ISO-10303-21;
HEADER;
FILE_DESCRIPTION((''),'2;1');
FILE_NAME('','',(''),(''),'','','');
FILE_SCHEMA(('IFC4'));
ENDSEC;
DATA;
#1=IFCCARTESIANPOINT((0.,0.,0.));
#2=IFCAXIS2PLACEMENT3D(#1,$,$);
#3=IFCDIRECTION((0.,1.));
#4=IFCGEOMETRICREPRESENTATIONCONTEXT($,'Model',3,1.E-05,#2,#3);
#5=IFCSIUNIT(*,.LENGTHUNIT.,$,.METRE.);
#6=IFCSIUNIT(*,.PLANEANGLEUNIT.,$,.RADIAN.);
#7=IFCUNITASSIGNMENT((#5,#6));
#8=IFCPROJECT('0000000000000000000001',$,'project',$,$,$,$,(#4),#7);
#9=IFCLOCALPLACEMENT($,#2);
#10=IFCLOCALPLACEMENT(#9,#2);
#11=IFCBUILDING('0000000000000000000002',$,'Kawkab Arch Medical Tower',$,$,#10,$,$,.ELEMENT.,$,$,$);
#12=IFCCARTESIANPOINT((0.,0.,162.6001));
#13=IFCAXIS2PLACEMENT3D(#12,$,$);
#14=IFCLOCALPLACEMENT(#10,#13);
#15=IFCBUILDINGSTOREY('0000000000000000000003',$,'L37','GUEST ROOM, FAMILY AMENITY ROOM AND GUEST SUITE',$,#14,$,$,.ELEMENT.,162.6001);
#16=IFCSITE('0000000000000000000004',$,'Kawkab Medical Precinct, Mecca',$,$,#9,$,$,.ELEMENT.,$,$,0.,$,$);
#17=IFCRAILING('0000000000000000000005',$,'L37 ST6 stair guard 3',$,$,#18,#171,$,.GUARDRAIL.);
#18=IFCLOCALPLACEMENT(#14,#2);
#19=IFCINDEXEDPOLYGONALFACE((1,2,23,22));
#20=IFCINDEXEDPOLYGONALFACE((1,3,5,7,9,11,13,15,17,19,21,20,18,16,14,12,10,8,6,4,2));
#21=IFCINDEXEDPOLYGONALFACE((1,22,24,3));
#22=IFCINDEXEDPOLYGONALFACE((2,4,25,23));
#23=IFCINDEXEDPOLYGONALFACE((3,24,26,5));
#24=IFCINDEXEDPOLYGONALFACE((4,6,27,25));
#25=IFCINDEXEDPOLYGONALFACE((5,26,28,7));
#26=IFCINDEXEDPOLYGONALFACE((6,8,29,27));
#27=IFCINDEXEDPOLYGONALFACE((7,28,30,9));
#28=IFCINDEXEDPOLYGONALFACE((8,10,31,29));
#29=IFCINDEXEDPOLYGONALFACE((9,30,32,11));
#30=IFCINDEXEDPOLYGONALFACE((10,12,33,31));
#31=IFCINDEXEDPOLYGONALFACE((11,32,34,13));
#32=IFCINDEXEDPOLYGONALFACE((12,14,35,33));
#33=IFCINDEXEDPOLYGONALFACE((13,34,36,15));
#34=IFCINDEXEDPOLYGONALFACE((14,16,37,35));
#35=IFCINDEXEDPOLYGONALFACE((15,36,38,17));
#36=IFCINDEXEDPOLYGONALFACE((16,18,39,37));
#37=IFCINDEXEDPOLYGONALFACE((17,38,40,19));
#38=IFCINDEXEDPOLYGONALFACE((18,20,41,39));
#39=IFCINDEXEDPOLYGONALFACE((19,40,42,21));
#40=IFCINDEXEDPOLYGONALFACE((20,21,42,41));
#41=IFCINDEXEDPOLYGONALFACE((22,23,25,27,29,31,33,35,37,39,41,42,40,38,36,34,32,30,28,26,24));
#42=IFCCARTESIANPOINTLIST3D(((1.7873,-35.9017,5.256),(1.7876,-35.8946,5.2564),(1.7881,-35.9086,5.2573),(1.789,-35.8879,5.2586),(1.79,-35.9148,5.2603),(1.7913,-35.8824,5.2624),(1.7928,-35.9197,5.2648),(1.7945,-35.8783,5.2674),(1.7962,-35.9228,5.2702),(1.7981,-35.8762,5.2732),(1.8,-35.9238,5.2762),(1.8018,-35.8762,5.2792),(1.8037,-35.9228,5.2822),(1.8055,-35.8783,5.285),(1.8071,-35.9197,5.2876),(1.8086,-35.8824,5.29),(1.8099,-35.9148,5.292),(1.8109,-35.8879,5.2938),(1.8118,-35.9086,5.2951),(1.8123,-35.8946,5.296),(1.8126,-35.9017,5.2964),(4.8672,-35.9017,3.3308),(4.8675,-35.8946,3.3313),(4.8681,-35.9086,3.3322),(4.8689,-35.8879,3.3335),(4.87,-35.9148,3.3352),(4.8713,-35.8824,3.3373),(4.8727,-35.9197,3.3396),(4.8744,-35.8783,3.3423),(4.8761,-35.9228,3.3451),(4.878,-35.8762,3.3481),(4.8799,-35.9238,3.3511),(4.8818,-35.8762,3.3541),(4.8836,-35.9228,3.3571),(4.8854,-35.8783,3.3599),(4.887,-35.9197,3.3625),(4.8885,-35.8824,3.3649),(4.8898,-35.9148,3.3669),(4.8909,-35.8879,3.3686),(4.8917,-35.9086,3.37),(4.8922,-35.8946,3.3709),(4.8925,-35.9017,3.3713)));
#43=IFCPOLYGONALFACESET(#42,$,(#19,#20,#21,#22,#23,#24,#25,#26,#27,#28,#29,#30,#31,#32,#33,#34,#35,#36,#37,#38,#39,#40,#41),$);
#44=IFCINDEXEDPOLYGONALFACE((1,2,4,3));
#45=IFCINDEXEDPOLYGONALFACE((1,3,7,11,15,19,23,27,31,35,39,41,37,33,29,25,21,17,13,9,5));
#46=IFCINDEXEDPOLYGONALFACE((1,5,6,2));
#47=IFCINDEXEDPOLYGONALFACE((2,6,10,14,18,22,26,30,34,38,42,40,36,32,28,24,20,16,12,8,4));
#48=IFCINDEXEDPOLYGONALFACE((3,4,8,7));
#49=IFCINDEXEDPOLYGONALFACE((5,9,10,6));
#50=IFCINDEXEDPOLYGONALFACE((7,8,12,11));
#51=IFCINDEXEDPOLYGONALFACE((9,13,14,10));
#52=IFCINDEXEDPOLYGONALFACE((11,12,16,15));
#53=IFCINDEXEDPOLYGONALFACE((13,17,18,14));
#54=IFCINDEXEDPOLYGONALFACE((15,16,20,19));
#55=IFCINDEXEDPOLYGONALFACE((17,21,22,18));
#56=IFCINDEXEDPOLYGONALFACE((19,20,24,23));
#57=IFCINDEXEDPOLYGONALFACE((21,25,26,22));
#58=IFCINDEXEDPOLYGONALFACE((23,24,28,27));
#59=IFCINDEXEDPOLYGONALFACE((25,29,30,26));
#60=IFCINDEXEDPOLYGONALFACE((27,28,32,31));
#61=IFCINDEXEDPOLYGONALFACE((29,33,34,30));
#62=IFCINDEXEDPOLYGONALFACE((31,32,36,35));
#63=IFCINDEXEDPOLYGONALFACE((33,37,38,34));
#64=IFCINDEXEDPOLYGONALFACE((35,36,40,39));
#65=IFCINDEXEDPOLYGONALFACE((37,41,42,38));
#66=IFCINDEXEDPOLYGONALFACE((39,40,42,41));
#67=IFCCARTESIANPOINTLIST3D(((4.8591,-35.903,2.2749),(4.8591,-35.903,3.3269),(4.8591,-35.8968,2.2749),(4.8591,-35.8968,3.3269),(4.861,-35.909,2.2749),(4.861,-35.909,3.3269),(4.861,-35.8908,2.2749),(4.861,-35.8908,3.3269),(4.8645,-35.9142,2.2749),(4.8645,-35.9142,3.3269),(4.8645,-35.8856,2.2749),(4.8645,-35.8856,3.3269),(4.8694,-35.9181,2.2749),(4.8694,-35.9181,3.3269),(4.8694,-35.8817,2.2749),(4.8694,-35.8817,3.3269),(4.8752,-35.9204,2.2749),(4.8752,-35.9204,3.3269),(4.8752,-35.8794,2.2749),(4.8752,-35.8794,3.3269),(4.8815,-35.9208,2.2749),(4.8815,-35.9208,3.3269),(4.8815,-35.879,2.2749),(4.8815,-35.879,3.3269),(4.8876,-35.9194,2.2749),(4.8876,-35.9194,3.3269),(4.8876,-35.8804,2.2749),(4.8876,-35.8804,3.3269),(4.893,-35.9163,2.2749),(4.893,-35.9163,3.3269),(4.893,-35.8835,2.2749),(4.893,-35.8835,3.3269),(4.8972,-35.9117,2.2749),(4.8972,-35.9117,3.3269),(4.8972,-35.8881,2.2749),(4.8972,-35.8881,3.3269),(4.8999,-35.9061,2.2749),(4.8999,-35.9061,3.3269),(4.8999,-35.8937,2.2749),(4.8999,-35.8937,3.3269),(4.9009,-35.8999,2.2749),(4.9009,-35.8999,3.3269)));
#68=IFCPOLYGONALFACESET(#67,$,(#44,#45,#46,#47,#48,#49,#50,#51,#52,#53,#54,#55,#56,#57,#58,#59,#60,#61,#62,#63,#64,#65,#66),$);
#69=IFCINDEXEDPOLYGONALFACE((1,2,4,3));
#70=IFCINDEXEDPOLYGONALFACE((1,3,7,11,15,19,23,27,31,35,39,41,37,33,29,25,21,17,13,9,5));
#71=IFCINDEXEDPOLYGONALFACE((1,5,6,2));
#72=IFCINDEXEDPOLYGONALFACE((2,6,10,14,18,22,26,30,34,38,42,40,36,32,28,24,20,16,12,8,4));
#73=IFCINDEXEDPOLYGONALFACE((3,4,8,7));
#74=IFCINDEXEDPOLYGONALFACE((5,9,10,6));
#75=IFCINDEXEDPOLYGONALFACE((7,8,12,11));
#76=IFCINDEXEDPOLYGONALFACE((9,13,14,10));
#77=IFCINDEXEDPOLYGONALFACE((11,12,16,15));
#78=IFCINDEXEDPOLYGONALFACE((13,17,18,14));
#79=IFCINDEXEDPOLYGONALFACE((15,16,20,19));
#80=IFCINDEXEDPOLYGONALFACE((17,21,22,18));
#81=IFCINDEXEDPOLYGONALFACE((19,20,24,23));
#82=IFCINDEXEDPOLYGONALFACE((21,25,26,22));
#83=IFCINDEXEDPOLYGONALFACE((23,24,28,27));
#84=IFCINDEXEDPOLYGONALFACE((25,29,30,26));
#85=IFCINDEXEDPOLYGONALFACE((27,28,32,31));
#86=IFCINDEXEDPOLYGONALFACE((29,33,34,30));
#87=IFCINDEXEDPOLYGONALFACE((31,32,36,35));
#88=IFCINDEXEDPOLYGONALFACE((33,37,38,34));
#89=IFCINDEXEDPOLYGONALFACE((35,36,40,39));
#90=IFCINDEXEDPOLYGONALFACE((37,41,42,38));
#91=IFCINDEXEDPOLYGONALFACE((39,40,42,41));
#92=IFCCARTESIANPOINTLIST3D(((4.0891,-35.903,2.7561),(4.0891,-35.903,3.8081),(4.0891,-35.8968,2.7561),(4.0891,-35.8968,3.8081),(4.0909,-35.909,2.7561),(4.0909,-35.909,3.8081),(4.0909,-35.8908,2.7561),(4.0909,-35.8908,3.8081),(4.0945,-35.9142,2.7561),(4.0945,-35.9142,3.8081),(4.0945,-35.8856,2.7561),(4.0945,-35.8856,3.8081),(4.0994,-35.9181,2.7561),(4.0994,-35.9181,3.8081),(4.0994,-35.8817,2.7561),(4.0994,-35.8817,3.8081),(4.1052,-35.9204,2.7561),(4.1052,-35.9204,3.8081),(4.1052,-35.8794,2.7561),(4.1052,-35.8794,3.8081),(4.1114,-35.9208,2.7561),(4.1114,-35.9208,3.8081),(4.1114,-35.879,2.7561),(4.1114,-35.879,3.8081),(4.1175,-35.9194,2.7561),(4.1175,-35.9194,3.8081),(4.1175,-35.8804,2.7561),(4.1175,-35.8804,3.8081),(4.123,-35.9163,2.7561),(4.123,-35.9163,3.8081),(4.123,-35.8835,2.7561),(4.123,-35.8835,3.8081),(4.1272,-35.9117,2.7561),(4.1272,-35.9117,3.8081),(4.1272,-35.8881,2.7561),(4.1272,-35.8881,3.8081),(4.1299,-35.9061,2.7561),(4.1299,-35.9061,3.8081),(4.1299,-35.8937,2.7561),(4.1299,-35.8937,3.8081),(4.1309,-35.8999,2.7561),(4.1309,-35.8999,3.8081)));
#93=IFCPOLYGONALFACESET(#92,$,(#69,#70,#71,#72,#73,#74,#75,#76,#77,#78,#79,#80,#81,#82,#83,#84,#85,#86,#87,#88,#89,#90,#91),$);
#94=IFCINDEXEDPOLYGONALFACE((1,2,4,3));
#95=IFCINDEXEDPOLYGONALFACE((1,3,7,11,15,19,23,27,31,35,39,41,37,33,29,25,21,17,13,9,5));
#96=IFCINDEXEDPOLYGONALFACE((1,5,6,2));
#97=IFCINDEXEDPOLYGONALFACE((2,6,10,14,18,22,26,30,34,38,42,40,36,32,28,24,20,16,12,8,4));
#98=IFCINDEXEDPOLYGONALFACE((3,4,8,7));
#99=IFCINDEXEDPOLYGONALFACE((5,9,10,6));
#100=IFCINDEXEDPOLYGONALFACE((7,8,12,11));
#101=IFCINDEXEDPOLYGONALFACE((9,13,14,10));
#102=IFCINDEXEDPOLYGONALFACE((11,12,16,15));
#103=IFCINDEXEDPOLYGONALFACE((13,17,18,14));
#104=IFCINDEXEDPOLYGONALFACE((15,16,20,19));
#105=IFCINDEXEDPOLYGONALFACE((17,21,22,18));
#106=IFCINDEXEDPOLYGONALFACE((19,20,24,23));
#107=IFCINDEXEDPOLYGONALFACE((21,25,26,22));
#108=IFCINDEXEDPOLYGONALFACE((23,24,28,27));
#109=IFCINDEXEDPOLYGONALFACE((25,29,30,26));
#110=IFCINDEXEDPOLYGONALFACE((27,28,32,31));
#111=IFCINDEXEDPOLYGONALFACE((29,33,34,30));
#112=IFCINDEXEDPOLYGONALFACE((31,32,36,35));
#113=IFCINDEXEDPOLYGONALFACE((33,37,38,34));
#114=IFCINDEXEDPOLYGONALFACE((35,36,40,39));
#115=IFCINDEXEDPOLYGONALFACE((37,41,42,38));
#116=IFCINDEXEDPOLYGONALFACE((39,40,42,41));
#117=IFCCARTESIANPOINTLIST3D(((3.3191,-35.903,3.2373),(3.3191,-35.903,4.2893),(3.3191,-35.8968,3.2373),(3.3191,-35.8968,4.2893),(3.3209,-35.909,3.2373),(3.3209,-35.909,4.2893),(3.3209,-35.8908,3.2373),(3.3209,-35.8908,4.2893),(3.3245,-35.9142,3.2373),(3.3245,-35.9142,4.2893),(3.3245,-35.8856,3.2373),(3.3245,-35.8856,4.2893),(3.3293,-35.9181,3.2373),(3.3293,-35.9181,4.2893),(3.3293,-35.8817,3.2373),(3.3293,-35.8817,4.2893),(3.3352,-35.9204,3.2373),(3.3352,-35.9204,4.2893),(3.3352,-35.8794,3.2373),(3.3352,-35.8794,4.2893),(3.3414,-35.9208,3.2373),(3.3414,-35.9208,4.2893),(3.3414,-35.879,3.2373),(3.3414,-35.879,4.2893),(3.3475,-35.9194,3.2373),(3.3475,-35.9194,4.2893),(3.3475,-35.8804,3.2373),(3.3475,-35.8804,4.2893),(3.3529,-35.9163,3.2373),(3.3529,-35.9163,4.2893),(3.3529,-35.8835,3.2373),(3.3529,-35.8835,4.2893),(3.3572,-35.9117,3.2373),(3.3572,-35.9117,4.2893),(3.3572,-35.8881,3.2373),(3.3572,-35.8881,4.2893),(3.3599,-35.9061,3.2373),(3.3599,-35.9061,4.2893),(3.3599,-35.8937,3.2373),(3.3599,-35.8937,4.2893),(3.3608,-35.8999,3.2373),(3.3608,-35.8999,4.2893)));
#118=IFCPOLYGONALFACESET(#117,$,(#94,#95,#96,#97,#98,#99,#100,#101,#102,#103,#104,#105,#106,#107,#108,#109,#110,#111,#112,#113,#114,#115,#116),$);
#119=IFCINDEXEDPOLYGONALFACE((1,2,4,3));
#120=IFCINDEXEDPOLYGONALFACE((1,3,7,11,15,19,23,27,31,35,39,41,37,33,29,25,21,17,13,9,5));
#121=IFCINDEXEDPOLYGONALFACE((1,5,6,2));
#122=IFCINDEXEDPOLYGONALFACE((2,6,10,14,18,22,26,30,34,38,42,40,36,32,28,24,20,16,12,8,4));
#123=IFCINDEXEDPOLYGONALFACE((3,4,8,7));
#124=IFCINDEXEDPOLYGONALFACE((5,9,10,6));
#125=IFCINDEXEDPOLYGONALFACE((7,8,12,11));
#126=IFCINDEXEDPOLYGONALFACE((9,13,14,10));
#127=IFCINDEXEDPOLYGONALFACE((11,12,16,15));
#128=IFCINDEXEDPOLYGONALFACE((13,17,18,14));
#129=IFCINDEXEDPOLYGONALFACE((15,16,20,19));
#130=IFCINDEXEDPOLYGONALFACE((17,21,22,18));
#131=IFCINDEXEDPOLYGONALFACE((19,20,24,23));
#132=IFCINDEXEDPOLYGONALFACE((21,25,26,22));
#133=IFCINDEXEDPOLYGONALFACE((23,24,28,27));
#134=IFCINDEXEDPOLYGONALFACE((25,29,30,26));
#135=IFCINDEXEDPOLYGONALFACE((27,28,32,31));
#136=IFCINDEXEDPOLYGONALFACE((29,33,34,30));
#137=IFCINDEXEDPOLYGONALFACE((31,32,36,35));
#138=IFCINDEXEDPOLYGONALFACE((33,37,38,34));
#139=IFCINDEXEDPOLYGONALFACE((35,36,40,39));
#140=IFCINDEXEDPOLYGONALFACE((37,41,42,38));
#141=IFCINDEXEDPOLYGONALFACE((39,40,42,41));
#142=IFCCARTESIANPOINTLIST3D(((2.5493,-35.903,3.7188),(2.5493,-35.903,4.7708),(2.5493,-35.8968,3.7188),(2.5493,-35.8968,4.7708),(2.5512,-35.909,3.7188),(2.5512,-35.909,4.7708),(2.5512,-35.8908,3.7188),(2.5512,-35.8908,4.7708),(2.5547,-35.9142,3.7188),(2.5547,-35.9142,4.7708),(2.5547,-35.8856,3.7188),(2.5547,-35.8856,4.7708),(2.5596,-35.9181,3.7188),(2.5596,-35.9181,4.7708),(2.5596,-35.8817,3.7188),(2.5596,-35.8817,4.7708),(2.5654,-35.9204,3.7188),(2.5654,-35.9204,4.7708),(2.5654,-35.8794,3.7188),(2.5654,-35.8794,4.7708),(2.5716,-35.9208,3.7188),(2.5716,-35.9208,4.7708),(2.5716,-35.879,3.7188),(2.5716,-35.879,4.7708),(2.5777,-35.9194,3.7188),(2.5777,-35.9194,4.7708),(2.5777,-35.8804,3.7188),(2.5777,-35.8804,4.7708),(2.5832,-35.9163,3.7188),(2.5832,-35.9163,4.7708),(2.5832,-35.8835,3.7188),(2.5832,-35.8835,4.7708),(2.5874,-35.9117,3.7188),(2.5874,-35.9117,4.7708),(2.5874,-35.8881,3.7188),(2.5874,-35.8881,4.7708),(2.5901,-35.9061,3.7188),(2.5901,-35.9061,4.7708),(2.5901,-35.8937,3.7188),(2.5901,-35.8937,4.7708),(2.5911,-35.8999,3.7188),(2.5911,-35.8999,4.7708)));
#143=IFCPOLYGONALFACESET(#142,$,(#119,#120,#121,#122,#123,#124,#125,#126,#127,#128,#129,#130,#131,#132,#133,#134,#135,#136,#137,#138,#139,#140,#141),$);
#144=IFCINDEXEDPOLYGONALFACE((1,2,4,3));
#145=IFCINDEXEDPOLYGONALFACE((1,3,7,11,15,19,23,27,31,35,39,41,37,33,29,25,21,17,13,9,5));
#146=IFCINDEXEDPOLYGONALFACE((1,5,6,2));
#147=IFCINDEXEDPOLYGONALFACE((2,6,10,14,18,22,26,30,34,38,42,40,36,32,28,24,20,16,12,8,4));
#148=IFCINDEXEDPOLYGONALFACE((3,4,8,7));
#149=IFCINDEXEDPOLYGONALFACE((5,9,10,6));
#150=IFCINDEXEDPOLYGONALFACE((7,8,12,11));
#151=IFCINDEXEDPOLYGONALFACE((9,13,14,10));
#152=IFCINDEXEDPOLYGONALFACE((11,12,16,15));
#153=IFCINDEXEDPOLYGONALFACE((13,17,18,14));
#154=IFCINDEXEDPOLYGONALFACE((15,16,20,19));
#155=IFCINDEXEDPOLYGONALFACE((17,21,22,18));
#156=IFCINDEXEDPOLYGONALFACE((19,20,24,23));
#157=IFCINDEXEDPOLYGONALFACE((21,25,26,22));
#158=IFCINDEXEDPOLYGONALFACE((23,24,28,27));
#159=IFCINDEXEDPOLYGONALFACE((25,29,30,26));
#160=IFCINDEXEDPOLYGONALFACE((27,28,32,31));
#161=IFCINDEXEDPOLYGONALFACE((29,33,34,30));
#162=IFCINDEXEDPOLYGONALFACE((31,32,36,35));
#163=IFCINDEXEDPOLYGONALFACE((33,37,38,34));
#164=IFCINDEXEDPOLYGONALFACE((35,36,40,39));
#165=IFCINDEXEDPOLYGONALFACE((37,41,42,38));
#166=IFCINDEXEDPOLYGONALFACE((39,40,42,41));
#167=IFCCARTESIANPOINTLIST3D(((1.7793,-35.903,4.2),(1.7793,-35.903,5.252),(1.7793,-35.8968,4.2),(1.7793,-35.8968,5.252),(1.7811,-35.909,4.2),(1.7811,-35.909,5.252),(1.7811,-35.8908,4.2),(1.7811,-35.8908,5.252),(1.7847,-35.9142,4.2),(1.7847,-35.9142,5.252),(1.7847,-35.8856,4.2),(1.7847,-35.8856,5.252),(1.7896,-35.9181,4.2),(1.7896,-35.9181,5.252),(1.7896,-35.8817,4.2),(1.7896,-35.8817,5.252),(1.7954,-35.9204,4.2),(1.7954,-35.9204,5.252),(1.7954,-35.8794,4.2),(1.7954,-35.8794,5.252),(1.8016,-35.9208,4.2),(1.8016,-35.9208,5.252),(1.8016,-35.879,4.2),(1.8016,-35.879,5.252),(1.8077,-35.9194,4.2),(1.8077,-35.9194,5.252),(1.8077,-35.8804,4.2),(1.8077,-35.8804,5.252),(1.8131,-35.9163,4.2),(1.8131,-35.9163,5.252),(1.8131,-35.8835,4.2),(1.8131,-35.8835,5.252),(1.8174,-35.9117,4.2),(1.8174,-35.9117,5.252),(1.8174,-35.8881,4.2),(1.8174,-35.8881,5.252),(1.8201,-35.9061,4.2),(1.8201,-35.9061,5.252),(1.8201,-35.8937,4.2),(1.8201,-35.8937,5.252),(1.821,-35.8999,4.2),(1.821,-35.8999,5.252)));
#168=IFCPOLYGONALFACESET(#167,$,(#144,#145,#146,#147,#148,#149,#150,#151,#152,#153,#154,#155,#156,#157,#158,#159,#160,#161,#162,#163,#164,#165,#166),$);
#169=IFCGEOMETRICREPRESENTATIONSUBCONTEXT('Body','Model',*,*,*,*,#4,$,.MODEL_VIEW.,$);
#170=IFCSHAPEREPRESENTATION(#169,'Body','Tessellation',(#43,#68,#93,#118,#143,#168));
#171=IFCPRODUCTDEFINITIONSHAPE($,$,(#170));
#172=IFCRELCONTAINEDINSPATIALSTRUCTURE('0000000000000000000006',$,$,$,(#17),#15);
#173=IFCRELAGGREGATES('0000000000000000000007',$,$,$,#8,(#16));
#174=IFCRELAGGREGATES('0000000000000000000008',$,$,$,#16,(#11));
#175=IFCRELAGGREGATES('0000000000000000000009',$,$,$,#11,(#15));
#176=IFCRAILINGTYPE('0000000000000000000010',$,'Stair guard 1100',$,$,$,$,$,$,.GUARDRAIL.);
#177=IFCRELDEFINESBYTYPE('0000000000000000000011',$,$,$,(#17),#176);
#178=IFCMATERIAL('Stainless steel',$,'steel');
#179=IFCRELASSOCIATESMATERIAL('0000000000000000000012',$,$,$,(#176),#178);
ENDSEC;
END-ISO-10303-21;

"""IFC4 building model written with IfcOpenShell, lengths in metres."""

from ifc_helpers import new_model, si_unit, direction, frame, origin, origin_2d, place, context, subcontext, project, spatial, circle, extrude, material, type_object, element, save


model = new_model("IFC4")

# Units and contexts
model_context = context("Model", 3, precision=1e-05, world=origin(), true_north=direction((0.0, 1.0)))
body_context = subcontext(model_context, "Body", "Model", "MODEL_VIEW")
ifc_project = project(units=[si_unit("LENGTHUNIT", "METRE"), si_unit("PLANEANGLEUNIT", "RADIAN")], contexts=[model_context])

# Site, building, storey
site_placement = place(None, origin())
site = spatial("IfcSite", under=ifc_project, at=site_placement, Name="Kawkab Medical Precinct, Mecca", CompositionType="ELEMENT", RefElevation=0.0)
building_placement = place(site_placement, origin())
building = spatial("IfcBuilding", under=site, at=building_placement, Name="Kawkab Arch Medical Tower", CompositionType="ELEMENT")
storey_placement = place(building_placement, frame((0.0, 0.0, 162.6001)))
storey = spatial("IfcBuildingStorey", under=building, at=storey_placement, Name="L37", Description="GUEST ROOM, FAMILY AMENITY ROOM AND GUEST SUITE", CompositionType="ELEMENT", Elevation=162.6001)

# Railing
ifc_material_1 = material(Name="Stainless steel", Category="steel")
railing_type = type_object("IfcRailingType", Name="Stair guard 1100", PredefinedType="GUARDRAIL", material=ifc_material_1)
railing_1_placement = place(storey_placement, frame((4.8799, -35.8999, 2.2749)))
element("IfcRailing", 1, at=railing_1_placement, inside=storey, type_object=railing_type, Name="L37 ST6 stair guard 3", PredefinedType="GUARDRAIL", context=body_context, shape_type="SweptSolid", body=[
    extrude(circle(Radius=0.0239, at=origin_2d()), frame((0.0, 0.0, 1.0762), z_axis=(-0.847979, 0.0, 0.530029), x_axis=(0.0, -1.0, 0.0)), (0.0, 0.0, 1.0), 3.6321),
    extrude(circle(Radius=0.021, at=origin_2d()), origin(), (0.0, 0.0, 1.0), 1.052),
    extrude(circle(Radius=0.021, at=origin_2d()), frame((-0.77, 0.0, 0.4812)), (0.0, 0.0, 1.0), 1.052),
    extrude(circle(Radius=0.021, at=origin_2d()), frame((-1.54, 0.0, 0.9624)), (0.0, 0.0, 1.0), 1.052),
    extrude(circle(Radius=0.021, at=origin_2d()), frame((-2.3098, 0.0, 1.4438)), (0.0, 0.0, 1.0), 1.052),
    extrude(circle(Radius=0.021, at=origin_2d()), frame((-3.0798, 0.0, 1.925)), (0.0, 0.0, 1.0), 1.052),
])

save(model, "model.ifc")
